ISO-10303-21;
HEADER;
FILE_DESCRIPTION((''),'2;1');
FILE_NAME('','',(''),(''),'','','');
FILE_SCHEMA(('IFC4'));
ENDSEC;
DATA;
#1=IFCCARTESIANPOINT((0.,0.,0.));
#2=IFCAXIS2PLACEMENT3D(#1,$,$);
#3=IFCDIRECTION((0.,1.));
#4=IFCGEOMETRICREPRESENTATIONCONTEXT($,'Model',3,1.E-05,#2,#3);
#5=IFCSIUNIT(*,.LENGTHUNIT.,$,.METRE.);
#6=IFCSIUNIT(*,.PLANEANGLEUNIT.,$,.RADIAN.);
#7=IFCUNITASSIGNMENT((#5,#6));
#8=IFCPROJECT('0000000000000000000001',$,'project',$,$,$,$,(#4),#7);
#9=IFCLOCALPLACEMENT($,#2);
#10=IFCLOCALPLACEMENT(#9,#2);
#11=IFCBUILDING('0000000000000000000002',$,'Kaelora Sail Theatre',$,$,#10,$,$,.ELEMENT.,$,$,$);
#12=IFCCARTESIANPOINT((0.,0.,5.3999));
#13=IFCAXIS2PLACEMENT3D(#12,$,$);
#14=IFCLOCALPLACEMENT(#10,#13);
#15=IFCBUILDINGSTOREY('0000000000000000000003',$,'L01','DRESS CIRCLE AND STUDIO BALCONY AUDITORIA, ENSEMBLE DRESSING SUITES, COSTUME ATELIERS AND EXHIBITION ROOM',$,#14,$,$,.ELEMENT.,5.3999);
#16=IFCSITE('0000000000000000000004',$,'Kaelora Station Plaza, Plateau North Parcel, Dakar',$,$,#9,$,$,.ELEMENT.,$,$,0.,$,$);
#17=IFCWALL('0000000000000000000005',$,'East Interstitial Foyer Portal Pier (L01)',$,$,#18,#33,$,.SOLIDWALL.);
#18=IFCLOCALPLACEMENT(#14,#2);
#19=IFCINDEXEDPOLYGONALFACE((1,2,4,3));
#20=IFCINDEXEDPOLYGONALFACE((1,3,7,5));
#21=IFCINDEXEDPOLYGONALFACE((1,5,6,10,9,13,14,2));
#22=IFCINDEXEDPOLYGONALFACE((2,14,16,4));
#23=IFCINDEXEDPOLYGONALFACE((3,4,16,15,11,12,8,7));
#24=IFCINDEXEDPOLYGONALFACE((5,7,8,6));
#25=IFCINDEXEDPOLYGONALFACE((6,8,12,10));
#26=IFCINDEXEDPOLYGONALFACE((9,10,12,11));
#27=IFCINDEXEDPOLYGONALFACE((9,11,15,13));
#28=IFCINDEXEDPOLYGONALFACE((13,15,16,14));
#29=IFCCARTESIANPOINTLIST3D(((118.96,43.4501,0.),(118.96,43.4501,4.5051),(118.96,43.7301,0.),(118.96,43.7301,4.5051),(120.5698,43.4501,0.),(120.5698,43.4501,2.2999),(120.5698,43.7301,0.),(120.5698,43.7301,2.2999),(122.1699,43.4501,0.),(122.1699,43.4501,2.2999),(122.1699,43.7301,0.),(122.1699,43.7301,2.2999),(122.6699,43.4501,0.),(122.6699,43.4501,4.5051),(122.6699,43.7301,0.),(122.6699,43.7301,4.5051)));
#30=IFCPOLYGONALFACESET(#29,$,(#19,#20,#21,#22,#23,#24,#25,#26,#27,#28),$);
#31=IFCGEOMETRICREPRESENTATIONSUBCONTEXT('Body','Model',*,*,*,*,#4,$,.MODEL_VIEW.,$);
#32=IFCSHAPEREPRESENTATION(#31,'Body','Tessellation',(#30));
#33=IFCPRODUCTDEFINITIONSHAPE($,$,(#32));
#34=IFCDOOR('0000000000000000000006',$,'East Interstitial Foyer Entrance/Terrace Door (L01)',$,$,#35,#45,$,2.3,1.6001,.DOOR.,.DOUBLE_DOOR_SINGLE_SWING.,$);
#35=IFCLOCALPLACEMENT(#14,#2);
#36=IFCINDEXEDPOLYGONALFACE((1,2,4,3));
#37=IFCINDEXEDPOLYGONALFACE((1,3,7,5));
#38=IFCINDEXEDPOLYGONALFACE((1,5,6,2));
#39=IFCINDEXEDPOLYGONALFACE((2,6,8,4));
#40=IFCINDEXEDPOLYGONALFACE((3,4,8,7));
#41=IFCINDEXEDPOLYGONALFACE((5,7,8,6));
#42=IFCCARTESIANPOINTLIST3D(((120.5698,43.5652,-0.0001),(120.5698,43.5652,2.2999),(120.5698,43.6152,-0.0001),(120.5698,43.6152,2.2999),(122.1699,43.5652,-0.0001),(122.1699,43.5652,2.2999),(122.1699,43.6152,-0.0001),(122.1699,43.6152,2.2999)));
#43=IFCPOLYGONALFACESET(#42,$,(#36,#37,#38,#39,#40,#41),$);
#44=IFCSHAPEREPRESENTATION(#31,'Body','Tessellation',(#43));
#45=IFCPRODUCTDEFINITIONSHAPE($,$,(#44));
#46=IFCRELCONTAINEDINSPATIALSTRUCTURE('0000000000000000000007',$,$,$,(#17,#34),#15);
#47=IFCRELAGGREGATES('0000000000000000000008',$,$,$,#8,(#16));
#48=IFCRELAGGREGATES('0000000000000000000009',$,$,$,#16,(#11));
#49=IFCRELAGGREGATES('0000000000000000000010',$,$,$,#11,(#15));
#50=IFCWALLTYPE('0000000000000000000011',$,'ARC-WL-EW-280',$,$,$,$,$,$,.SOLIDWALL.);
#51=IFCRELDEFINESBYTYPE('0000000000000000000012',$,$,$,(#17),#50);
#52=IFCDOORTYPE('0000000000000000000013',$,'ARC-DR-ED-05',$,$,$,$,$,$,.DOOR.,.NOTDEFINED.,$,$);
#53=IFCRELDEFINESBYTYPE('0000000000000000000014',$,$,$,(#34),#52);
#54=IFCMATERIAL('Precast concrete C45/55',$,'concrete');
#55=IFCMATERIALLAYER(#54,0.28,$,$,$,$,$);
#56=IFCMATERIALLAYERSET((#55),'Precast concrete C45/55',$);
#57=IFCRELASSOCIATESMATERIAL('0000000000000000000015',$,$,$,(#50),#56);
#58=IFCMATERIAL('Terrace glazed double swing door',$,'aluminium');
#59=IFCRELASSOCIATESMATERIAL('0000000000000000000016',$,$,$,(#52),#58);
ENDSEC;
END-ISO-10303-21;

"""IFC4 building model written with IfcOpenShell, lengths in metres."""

from ifc_helpers import new_model, si_unit, direction, frame, frame_2d, origin, place, context, subcontext, project, spatial, rectangle, extrude, material, layer, layer_set, type_object, element, fill, save


model = new_model("IFC4")

# Units and contexts
model_context = context("Model", 3, precision=1e-05, world=origin(), true_north=direction((0.0, 1.0)))
body_context = subcontext(model_context, "Body", "Model", "MODEL_VIEW")
ifc_project = project(units=[si_unit("LENGTHUNIT", "METRE"), si_unit("PLANEANGLEUNIT", "RADIAN")], contexts=[model_context])

# Site, building, storey
site_placement = place(None, origin())
site = spatial("IfcSite", under=ifc_project, at=site_placement, Name="Kaelora Station Plaza, Plateau North Parcel, Dakar", CompositionType="ELEMENT", RefElevation=0.0)
building_placement = place(site_placement, origin())
building = spatial("IfcBuilding", under=site, at=building_placement, Name="Kaelora Sail Theatre", CompositionType="ELEMENT")
storey_placement = place(building_placement, frame((0.0, 0.0, 5.3999)))
storey = spatial("IfcBuildingStorey", under=building, at=storey_placement, Name="L01", Description="DRESS CIRCLE AND STUDIO BALCONY AUDITORIA, ENSEMBLE DRESSING SUITES, COSTUME ATELIERS AND EXHIBITION ROOM", CompositionType="ELEMENT", Elevation=5.3999)

# Wall, opening, door
ifc_material_1 = material(Name="Precast concrete C45/55", Category="concrete")
ifc_layer_1 = layer(ifc_material_1, 0.28)
ifc_layer_set_1 = layer_set([ifc_layer_1], Name="Precast concrete C45/55")
wall_type_1 = type_object("IfcWallType", Name="ARC-WL-EW-280", PredefinedType="SOLIDWALL", material=ifc_layer_set_1)
wall_1_placement = place(storey_placement, frame((122.6699, 43.5901, 0.0), z_axis=(0.0, 0.0, 1.0), x_axis=(-1.0, 0.0, 0.0)))
wall_1 = element("IfcWall", 1, at=wall_1_placement, inside=storey, type_object=wall_type_1, Name="East Interstitial Foyer Portal Pier (L01)", PredefinedType="SOLIDWALL", context=body_context, shape_type="SweptSolid", body=[
    extrude(rectangle(XDim=3.71, YDim=0.28, at=frame_2d((1.855, 0.0))), origin(), (0.0, 0.0, 1.0), 4.5051),
])
opening_placement = place(wall_1_placement, frame((0.5, 0.0, 0.0)))
opening = element("IfcOpeningElement", 2, at=opening_placement, cuts=wall_1, PredefinedType="OPENING", context=body_context, shape_type="SweptSolid", body=[
    extrude(rectangle(XDim=1.6001, YDim=2.3, at=frame_2d((0.8, 1.1499))), frame((0.0, 0.1501, 0.0), z_axis=(0.0, -1.0, 0.0), x_axis=(1.0, 0.0, 0.0)), (0.0, 0.0, 1.0), 0.3),
])
ifc_material_2 = material(Name="Terrace glazed double swing door", Category="aluminium")
door_type = type_object("IfcDoorType", Name="ARC-DR-ED-05", OperationType="NOTDEFINED", PredefinedType="DOOR", material=ifc_material_2)
door_placement = place(opening_placement, origin())
door = element("IfcDoor", 3, at=door_placement, inside=storey, type_object=door_type, Name="East Interstitial Foyer Entrance/Terrace Door (L01)", OperationType="DOUBLE_DOOR_SINGLE_SWING", OverallHeight=2.3, OverallWidth=1.6001, PredefinedType="DOOR", context=body_context, shape_type="SweptSolid", body=[
    extrude(rectangle(XDim=1.6001, YDim=2.3, at=frame_2d((0.8, 1.1499))), frame((0.0, 0.0249, 0.0), z_axis=(0.0, -1.0, 0.0), x_axis=(1.0, 0.0, 0.0)), (0.0, 0.0, 1.0), 0.05),
])
fill(opening, door)

save(model, "model.ifc")
